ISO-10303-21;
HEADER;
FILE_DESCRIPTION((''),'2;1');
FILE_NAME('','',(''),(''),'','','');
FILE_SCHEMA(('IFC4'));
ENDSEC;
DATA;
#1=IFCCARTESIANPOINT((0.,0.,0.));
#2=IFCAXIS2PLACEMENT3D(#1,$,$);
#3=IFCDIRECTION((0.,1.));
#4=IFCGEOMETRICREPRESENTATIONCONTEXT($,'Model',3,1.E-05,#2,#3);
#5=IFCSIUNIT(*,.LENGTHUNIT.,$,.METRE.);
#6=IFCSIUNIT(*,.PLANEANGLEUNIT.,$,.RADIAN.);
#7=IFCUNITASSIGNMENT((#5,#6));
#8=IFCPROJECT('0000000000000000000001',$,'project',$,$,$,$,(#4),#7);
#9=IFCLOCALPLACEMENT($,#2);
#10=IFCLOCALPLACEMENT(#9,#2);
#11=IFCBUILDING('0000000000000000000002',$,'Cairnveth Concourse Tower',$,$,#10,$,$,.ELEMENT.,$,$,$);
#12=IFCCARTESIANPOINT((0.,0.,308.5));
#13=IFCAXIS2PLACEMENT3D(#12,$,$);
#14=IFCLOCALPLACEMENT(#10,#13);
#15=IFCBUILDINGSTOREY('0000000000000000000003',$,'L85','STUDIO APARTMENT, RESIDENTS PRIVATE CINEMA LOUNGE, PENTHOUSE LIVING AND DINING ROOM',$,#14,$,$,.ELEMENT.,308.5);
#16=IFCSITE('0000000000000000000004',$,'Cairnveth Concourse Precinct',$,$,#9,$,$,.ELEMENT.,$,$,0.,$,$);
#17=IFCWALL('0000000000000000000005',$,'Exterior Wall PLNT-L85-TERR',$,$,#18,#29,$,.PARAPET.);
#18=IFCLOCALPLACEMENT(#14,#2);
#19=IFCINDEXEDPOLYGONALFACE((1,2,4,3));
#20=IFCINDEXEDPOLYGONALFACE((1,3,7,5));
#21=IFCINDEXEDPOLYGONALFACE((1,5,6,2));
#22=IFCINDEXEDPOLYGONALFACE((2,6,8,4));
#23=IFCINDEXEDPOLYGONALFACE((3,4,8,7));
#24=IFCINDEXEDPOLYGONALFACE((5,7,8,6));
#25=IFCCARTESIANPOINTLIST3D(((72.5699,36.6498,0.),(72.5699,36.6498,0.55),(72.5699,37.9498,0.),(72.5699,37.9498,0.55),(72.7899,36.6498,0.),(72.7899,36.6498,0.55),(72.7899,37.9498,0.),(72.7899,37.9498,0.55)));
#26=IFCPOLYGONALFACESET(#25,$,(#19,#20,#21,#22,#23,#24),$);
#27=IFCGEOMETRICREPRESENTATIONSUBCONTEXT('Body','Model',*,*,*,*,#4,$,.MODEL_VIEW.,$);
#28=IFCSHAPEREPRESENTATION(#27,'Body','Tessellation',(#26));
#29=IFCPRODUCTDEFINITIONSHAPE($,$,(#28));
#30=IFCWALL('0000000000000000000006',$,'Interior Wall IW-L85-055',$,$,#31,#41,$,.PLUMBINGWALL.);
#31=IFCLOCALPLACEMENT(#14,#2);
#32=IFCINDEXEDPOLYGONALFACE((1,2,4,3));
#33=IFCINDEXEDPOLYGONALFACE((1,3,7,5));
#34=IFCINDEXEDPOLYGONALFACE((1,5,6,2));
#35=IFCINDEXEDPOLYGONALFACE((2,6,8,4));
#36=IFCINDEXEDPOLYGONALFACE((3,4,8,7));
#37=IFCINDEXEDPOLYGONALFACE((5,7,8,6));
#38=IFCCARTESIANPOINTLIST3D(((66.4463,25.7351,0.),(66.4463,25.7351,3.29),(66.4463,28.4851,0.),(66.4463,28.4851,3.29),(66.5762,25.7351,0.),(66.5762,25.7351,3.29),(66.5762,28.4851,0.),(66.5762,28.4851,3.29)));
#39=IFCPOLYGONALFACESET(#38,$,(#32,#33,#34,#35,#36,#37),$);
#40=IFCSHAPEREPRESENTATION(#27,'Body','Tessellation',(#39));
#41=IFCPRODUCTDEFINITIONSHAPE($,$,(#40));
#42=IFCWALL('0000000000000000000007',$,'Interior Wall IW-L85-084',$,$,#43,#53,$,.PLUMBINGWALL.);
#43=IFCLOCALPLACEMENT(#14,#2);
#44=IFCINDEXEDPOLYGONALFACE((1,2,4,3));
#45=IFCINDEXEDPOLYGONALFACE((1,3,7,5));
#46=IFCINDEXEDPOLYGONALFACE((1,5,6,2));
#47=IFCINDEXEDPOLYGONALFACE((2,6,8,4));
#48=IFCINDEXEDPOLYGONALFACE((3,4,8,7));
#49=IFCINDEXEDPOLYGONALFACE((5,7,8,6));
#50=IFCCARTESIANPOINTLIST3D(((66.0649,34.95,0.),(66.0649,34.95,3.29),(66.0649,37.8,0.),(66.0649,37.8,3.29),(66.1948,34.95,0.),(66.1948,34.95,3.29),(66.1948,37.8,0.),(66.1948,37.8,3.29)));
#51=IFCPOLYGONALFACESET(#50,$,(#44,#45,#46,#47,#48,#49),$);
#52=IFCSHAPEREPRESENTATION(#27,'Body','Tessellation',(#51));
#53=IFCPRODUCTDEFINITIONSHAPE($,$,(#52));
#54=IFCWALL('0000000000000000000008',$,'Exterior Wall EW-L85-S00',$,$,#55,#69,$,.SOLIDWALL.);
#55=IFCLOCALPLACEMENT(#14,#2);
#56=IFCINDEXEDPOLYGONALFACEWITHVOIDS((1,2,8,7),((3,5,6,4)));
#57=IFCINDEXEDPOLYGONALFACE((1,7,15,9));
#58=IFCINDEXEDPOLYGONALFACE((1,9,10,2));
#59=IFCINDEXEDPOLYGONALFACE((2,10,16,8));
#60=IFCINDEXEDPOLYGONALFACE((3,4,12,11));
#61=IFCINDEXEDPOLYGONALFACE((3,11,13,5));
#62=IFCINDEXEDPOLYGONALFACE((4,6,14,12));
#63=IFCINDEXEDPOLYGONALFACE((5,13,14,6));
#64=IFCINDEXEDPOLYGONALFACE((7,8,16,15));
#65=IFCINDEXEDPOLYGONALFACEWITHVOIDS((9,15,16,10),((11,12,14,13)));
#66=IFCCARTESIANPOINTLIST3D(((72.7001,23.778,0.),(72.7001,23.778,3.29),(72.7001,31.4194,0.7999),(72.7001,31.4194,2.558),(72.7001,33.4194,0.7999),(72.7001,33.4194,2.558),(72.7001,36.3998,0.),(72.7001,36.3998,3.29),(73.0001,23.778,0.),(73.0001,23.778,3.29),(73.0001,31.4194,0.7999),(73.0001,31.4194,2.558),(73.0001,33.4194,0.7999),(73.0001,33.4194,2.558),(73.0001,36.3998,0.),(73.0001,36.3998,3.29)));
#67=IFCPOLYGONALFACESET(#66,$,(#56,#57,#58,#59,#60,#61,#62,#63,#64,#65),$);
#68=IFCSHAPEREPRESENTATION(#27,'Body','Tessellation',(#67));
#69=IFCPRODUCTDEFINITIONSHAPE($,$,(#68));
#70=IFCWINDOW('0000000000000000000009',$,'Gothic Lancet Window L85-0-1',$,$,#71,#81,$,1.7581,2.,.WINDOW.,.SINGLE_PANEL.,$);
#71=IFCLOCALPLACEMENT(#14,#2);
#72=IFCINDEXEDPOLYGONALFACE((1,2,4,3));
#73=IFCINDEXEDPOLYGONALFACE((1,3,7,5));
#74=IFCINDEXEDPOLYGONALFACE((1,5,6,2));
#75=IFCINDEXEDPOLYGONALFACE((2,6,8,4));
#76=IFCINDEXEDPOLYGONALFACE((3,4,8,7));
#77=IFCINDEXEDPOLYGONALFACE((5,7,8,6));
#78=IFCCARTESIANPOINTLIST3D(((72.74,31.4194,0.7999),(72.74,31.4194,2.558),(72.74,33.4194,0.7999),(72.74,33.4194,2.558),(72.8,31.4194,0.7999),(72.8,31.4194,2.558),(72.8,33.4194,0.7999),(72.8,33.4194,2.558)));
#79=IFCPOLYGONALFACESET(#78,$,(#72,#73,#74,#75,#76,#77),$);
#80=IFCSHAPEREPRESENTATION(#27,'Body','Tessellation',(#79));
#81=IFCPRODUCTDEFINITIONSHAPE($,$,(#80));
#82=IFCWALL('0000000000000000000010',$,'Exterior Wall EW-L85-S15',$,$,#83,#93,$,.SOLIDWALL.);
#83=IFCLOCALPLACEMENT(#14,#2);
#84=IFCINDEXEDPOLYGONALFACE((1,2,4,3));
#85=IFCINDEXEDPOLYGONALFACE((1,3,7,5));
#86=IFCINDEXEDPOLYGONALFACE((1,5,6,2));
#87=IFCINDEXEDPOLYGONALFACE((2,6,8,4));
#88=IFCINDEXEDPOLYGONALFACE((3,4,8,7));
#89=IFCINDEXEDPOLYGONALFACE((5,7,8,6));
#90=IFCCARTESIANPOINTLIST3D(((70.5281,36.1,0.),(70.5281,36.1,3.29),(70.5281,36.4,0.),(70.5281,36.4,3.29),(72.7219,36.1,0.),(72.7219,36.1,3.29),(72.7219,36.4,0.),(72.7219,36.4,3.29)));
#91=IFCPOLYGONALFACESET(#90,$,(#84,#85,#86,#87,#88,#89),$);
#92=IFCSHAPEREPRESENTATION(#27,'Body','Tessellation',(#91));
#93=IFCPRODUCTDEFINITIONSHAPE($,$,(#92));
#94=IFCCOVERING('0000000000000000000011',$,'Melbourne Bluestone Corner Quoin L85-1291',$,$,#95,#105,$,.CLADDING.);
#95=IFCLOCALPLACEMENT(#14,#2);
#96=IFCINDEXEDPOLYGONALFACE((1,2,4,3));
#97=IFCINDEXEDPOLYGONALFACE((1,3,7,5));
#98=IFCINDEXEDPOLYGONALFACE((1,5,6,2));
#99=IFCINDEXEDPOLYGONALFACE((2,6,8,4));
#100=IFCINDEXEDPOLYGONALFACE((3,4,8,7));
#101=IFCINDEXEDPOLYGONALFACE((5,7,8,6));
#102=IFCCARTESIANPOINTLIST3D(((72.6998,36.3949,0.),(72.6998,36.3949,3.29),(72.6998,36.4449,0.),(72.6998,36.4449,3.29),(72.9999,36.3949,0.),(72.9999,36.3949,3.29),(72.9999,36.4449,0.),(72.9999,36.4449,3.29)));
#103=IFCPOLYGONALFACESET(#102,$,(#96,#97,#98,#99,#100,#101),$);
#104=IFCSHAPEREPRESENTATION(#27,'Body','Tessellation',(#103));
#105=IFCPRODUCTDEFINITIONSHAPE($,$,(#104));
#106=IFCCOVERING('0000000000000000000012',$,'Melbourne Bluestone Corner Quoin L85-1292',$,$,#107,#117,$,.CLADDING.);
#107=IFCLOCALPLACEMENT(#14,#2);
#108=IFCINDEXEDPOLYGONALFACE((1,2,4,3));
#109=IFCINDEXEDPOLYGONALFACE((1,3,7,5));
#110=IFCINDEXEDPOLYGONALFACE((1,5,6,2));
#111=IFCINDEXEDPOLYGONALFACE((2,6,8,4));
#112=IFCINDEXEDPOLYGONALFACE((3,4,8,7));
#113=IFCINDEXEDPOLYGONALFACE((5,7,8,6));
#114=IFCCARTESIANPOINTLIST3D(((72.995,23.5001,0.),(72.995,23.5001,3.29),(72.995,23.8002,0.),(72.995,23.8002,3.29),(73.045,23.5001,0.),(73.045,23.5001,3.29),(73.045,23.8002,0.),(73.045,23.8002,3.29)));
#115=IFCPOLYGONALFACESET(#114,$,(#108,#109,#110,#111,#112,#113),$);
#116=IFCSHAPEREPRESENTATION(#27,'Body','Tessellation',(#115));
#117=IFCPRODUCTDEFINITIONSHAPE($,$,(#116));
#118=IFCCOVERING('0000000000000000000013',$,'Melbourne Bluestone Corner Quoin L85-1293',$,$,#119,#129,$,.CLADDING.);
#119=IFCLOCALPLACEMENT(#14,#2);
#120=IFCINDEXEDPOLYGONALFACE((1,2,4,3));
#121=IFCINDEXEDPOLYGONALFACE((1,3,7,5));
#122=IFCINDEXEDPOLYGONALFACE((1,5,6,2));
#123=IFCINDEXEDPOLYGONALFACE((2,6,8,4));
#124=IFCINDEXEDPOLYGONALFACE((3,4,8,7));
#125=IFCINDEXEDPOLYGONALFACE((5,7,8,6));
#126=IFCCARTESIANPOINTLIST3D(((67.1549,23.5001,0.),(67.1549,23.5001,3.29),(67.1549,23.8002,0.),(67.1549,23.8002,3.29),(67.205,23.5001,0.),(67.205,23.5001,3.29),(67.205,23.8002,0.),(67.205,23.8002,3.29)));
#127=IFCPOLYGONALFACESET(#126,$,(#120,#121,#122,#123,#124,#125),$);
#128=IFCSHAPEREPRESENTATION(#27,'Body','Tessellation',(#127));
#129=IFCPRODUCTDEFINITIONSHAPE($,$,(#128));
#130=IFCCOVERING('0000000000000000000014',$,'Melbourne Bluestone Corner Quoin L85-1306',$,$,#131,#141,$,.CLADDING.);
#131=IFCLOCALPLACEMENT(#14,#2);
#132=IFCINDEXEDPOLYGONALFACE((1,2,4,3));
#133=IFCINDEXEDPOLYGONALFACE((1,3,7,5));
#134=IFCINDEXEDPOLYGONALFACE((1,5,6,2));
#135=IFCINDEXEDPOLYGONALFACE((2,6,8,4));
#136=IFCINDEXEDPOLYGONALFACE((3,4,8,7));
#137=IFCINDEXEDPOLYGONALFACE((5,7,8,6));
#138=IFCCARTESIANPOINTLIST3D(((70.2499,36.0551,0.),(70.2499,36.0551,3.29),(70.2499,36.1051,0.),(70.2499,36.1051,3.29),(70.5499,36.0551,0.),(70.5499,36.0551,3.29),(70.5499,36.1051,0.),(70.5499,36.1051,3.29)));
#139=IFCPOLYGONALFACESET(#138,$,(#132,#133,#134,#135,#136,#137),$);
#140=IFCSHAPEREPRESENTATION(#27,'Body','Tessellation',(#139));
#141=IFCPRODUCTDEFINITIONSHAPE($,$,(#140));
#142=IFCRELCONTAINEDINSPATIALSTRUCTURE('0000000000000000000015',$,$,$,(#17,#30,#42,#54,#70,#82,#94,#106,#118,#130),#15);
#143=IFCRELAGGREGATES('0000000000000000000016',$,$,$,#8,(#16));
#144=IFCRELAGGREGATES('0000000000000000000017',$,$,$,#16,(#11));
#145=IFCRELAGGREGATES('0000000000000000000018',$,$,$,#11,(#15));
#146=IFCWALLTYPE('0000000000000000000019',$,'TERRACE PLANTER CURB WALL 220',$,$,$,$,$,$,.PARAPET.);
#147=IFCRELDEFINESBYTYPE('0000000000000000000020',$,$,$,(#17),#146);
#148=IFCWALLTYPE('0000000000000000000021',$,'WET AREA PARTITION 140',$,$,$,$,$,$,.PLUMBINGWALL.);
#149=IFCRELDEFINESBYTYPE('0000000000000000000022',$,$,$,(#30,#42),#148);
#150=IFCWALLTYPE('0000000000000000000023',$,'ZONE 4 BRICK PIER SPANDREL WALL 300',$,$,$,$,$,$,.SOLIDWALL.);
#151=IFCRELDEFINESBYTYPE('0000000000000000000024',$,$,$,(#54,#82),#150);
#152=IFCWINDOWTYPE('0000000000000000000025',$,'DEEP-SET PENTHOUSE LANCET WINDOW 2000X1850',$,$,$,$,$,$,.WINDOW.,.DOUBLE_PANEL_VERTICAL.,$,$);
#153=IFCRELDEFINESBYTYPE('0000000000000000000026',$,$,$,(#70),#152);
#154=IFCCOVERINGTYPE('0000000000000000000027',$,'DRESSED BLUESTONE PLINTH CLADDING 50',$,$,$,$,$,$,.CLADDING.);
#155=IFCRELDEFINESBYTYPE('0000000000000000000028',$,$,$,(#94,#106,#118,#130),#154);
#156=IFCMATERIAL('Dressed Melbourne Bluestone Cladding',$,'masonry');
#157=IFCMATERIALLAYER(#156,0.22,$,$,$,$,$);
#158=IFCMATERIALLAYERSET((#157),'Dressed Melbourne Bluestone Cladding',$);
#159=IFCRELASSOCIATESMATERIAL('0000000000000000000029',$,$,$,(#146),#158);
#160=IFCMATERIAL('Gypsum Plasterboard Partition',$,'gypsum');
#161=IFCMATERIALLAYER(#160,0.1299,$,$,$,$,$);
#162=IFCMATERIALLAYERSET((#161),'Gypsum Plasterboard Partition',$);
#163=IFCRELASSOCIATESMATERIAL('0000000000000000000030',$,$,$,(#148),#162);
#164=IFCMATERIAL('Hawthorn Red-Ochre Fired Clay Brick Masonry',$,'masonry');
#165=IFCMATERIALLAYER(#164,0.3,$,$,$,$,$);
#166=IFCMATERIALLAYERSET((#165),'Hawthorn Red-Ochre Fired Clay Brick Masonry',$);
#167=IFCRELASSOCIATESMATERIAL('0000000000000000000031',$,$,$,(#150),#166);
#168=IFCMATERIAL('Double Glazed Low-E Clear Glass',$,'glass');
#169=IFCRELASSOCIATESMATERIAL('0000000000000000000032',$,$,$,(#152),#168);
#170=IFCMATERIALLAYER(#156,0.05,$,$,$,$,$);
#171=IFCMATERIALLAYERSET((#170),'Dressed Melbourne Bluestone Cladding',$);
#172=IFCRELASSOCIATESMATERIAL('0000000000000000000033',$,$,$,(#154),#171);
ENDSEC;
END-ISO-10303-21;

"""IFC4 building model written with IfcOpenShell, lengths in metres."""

from ifc_helpers import new_model, si_unit, direction, frame, frame_2d, origin, place, context, subcontext, project, spatial, rectangle, extrude, material, layer, layer_set, type_object, element, fill, save


model = new_model("IFC4")

# Units and contexts
model_context = context("Model", 3, precision=1e-05, world=origin(), true_north=direction((0.0, 1.0)))
body_context = subcontext(model_context, "Body", "Model", "MODEL_VIEW")
ifc_project = project(units=[si_unit("LENGTHUNIT", "METRE"), si_unit("PLANEANGLEUNIT", "RADIAN")], contexts=[model_context])

# Site, building, storey
site_placement = place(None, origin())
site = spatial("IfcSite", under=ifc_project, at=site_placement, Name="Cairnveth Concourse Precinct", CompositionType="ELEMENT", RefElevation=0.0)
building_placement = place(site_placement, origin())
building = spatial("IfcBuilding", under=site, at=building_placement, Name="Cairnveth Concourse Tower", CompositionType="ELEMENT")
storey_placement = place(building_placement, frame((0.0, 0.0, 308.5)))
storey = spatial("IfcBuildingStorey", under=building, at=storey_placement, Name="L85", Description="STUDIO APARTMENT, RESIDENTS PRIVATE CINEMA LOUNGE, PENTHOUSE LIVING AND DINING ROOM", CompositionType="ELEMENT", Elevation=308.5)

# Shared definitions
ifc_material_1 = material(Name="Gypsum Plasterboard Partition", Category="gypsum")

# Walls
ifc_material_2 = material(Name="Dressed Melbourne Bluestone Cladding", Category="masonry")
ifc_layer_1 = layer(ifc_material_2, 0.22)
ifc_layer_set_1 = layer_set([ifc_layer_1], Name="Dressed Melbourne Bluestone Cladding")
wall_type_1 = type_object("IfcWallType", Name="TERRACE PLANTER CURB WALL 220", PredefinedType="PARAPET", material=ifc_layer_set_1)
wall_1_placement = place(storey_placement, frame((72.6799, 36.6499, 0.0), z_axis=(0.0, 0.0, 1.0), x_axis=(0.0, 1.0, 0.0)))
element("IfcWall", 1, at=wall_1_placement, inside=storey, type_object=wall_type_1, Name="Exterior Wall PLNT-L85-TERR", PredefinedType="PARAPET", context=body_context, shape_type="SweptSolid", body=[
    extrude(rectangle(XDim=1.3, YDim=0.22, at=frame_2d((0.6499, 0.0))), origin(), (0.0, 0.0, 1.0), 0.55),
])
ifc_layer_2 = layer(ifc_material_1, 0.1299)
ifc_layer_set_2 = layer_set([ifc_layer_2], Name="Gypsum Plasterboard Partition")
wall_type_2 = type_object("IfcWallType", Name="WET AREA PARTITION 140", PredefinedType="PLUMBINGWALL", material=ifc_layer_set_2)
wall_2_placement = place(storey_placement, frame((66.5112, 25.7351, 0.0), z_axis=(0.0, 0.0, 1.0), x_axis=(0.0, 1.0, 0.0)))
element("IfcWall", 2, at=wall_2_placement, inside=storey, type_object=wall_type_2, Name="Interior Wall IW-L85-055", PredefinedType="PLUMBINGWALL", context=body_context, shape_type="SweptSolid", body=[
    extrude(rectangle(XDim=2.75, YDim=0.1299, at=frame_2d((1.375, 0.0))), origin(), (0.0, 0.0, 1.0), 3.29),
])
wall_3_placement = place(storey_placement, frame((66.1299, 34.95, 0.0), z_axis=(0.0, 0.0, 1.0), x_axis=(0.0, 1.0, 0.0)))
element("IfcWall", 3, at=wall_3_placement, inside=storey, type_object=wall_type_2, Name="Interior Wall IW-L85-084", PredefinedType="PLUMBINGWALL", context=body_context, shape_type="SweptSolid", body=[
    extrude(rectangle(XDim=2.8501, YDim=0.1299, at=frame_2d((1.425, 0.0))), origin(), (0.0, 0.0, 1.0), 3.29),
])

# Wall, opening, window
ifc_material_3 = material(Name="Hawthorn Red-Ochre Fired Clay Brick Masonry", Category="masonry")
ifc_layer_3 = layer(ifc_material_3, 0.3)
ifc_layer_set_3 = layer_set([ifc_layer_3], Name="Hawthorn Red-Ochre Fired Clay Brick Masonry")
wall_type_3 = type_object("IfcWallType", Name="ZONE 4 BRICK PIER SPANDREL WALL 300", PredefinedType="SOLIDWALL", material=ifc_layer_set_3)
wall_4_placement = place(storey_placement, frame((72.8501, 36.3999, 0.0), z_axis=(0.0, 0.0, 1.0), x_axis=(0.0, -1.0, 0.0)))
wall_4 = element("IfcWall", 4, at=wall_4_placement, inside=storey, type_object=wall_type_3, Name="Exterior Wall EW-L85-S00", PredefinedType="SOLIDWALL", context=body_context, shape_type="SweptSolid", body=[
    extrude(rectangle(XDim=12.6218, YDim=0.3, at=frame_2d((6.311, 0.0))), origin(), (0.0, 0.0, 1.0), 3.29),
])
opening_1_placement = place(wall_4_placement, frame((2.9805, 0.0, 0.8)))
opening_1 = element("IfcOpeningElement", 5, at=opening_1_placement, cuts=wall_4, PredefinedType="OPENING", context=body_context, shape_type="SweptSolid", body=[
    extrude(rectangle(XDim=2.0, YDim=1.7581, at=frame_2d((1.0, 0.8789))), frame((0.0, 0.1599, 0.0), z_axis=(0.0, -1.0, 0.0), x_axis=(1.0, 0.0, 0.0)), (0.0, 0.0, 1.0), 0.3201),
])
ifc_material_4 = material(Name="Double Glazed Low-E Clear Glass", Category="glass")
window_type = type_object("IfcWindowType", Name="DEEP-SET PENTHOUSE LANCET WINDOW 2000X1850", PartitioningType="DOUBLE_PANEL_VERTICAL", PredefinedType="WINDOW", material=ifc_material_4)
window_placement = place(opening_1_placement, origin())
window = element("IfcWindow", 6, at=window_placement, inside=storey, type_object=window_type, Name="Gothic Lancet Window L85-0-1", OverallHeight=1.7581, OverallWidth=2.0, PartitioningType="SINGLE_PANEL", PredefinedType="WINDOW", context=body_context, shape_type="SweptSolid", body=[
    extrude(rectangle(XDim=2.0, YDim=1.7581, at=frame_2d((1.0, 0.8789))), frame((0.0, -0.05, 0.0), z_axis=(0.0, -1.0, 0.0), x_axis=(1.0, 0.0, 0.0)), (0.0, 0.0, 1.0), 0.0601),
])
fill(opening_1, window)

# Wall
wall_5_placement = place(storey_placement, frame((70.5281, 36.25, 0.0), z_axis=(0.0, 0.0, 1.0), x_axis=(1.0, 0.0, 0.0)))
element("IfcWall", 7, at=wall_5_placement, inside=storey, type_object=wall_type_3, Name="Exterior Wall EW-L85-S15", PredefinedType="SOLIDWALL", context=body_context, shape_type="SweptSolid", body=[
    extrude(rectangle(XDim=2.1938, YDim=0.3, at=frame_2d((1.0969, 0.0))), origin(), (0.0, 0.0, 1.0), 3.29),
])

# Coverings
ifc_layer_4 = layer(ifc_material_2, 0.05)
ifc_layer_set_4 = layer_set([ifc_layer_4], Name="Dressed Melbourne Bluestone Cladding")
covering_type = type_object("IfcCoveringType", Name="DRESSED BLUESTONE PLINTH CLADDING 50", PredefinedType="CLADDING", material=ifc_layer_set_4)
for number, where, z_axis, x_axis, name in (
    (8, (72.7, 36.4199, 0.0), (0.0, 0.0, 1.0), (1.0, 0.0, 0.0), "Melbourne Bluestone Corner Quoin L85-1291"),
    (9, (73.02, 23.8, 0.0), (0.0, 0.0, 1.0), (0.0, -1.0, 0.0), "Melbourne Bluestone Corner Quoin L85-1292"),
    (10, (67.1799, 23.8, 0.0), (0.0, 0.0, 1.0), (0.0, -1.0, 0.0), "Melbourne Bluestone Corner Quoin L85-1293"),
    (11, (70.25, 36.0801, 0.0), (0.0, 0.0, 1.0), (1.0, 0.0, 0.0), "Melbourne Bluestone Corner Quoin L85-1306"),
):
    element("IfcCovering", number, at=place(storey_placement, frame(where, z_axis=z_axis, x_axis=x_axis)), inside=storey, type_object=covering_type, Name=name, PredefinedType="CLADDING", context=body_context, shape_type="SweptSolid", body=[
        extrude(rectangle(XDim=0.3, YDim=0.05, at=frame_2d((0.1499, 0.0))), origin(), (0.0, 0.0, 1.0), 3.29),
    ])

save(model, "model.ifc")
